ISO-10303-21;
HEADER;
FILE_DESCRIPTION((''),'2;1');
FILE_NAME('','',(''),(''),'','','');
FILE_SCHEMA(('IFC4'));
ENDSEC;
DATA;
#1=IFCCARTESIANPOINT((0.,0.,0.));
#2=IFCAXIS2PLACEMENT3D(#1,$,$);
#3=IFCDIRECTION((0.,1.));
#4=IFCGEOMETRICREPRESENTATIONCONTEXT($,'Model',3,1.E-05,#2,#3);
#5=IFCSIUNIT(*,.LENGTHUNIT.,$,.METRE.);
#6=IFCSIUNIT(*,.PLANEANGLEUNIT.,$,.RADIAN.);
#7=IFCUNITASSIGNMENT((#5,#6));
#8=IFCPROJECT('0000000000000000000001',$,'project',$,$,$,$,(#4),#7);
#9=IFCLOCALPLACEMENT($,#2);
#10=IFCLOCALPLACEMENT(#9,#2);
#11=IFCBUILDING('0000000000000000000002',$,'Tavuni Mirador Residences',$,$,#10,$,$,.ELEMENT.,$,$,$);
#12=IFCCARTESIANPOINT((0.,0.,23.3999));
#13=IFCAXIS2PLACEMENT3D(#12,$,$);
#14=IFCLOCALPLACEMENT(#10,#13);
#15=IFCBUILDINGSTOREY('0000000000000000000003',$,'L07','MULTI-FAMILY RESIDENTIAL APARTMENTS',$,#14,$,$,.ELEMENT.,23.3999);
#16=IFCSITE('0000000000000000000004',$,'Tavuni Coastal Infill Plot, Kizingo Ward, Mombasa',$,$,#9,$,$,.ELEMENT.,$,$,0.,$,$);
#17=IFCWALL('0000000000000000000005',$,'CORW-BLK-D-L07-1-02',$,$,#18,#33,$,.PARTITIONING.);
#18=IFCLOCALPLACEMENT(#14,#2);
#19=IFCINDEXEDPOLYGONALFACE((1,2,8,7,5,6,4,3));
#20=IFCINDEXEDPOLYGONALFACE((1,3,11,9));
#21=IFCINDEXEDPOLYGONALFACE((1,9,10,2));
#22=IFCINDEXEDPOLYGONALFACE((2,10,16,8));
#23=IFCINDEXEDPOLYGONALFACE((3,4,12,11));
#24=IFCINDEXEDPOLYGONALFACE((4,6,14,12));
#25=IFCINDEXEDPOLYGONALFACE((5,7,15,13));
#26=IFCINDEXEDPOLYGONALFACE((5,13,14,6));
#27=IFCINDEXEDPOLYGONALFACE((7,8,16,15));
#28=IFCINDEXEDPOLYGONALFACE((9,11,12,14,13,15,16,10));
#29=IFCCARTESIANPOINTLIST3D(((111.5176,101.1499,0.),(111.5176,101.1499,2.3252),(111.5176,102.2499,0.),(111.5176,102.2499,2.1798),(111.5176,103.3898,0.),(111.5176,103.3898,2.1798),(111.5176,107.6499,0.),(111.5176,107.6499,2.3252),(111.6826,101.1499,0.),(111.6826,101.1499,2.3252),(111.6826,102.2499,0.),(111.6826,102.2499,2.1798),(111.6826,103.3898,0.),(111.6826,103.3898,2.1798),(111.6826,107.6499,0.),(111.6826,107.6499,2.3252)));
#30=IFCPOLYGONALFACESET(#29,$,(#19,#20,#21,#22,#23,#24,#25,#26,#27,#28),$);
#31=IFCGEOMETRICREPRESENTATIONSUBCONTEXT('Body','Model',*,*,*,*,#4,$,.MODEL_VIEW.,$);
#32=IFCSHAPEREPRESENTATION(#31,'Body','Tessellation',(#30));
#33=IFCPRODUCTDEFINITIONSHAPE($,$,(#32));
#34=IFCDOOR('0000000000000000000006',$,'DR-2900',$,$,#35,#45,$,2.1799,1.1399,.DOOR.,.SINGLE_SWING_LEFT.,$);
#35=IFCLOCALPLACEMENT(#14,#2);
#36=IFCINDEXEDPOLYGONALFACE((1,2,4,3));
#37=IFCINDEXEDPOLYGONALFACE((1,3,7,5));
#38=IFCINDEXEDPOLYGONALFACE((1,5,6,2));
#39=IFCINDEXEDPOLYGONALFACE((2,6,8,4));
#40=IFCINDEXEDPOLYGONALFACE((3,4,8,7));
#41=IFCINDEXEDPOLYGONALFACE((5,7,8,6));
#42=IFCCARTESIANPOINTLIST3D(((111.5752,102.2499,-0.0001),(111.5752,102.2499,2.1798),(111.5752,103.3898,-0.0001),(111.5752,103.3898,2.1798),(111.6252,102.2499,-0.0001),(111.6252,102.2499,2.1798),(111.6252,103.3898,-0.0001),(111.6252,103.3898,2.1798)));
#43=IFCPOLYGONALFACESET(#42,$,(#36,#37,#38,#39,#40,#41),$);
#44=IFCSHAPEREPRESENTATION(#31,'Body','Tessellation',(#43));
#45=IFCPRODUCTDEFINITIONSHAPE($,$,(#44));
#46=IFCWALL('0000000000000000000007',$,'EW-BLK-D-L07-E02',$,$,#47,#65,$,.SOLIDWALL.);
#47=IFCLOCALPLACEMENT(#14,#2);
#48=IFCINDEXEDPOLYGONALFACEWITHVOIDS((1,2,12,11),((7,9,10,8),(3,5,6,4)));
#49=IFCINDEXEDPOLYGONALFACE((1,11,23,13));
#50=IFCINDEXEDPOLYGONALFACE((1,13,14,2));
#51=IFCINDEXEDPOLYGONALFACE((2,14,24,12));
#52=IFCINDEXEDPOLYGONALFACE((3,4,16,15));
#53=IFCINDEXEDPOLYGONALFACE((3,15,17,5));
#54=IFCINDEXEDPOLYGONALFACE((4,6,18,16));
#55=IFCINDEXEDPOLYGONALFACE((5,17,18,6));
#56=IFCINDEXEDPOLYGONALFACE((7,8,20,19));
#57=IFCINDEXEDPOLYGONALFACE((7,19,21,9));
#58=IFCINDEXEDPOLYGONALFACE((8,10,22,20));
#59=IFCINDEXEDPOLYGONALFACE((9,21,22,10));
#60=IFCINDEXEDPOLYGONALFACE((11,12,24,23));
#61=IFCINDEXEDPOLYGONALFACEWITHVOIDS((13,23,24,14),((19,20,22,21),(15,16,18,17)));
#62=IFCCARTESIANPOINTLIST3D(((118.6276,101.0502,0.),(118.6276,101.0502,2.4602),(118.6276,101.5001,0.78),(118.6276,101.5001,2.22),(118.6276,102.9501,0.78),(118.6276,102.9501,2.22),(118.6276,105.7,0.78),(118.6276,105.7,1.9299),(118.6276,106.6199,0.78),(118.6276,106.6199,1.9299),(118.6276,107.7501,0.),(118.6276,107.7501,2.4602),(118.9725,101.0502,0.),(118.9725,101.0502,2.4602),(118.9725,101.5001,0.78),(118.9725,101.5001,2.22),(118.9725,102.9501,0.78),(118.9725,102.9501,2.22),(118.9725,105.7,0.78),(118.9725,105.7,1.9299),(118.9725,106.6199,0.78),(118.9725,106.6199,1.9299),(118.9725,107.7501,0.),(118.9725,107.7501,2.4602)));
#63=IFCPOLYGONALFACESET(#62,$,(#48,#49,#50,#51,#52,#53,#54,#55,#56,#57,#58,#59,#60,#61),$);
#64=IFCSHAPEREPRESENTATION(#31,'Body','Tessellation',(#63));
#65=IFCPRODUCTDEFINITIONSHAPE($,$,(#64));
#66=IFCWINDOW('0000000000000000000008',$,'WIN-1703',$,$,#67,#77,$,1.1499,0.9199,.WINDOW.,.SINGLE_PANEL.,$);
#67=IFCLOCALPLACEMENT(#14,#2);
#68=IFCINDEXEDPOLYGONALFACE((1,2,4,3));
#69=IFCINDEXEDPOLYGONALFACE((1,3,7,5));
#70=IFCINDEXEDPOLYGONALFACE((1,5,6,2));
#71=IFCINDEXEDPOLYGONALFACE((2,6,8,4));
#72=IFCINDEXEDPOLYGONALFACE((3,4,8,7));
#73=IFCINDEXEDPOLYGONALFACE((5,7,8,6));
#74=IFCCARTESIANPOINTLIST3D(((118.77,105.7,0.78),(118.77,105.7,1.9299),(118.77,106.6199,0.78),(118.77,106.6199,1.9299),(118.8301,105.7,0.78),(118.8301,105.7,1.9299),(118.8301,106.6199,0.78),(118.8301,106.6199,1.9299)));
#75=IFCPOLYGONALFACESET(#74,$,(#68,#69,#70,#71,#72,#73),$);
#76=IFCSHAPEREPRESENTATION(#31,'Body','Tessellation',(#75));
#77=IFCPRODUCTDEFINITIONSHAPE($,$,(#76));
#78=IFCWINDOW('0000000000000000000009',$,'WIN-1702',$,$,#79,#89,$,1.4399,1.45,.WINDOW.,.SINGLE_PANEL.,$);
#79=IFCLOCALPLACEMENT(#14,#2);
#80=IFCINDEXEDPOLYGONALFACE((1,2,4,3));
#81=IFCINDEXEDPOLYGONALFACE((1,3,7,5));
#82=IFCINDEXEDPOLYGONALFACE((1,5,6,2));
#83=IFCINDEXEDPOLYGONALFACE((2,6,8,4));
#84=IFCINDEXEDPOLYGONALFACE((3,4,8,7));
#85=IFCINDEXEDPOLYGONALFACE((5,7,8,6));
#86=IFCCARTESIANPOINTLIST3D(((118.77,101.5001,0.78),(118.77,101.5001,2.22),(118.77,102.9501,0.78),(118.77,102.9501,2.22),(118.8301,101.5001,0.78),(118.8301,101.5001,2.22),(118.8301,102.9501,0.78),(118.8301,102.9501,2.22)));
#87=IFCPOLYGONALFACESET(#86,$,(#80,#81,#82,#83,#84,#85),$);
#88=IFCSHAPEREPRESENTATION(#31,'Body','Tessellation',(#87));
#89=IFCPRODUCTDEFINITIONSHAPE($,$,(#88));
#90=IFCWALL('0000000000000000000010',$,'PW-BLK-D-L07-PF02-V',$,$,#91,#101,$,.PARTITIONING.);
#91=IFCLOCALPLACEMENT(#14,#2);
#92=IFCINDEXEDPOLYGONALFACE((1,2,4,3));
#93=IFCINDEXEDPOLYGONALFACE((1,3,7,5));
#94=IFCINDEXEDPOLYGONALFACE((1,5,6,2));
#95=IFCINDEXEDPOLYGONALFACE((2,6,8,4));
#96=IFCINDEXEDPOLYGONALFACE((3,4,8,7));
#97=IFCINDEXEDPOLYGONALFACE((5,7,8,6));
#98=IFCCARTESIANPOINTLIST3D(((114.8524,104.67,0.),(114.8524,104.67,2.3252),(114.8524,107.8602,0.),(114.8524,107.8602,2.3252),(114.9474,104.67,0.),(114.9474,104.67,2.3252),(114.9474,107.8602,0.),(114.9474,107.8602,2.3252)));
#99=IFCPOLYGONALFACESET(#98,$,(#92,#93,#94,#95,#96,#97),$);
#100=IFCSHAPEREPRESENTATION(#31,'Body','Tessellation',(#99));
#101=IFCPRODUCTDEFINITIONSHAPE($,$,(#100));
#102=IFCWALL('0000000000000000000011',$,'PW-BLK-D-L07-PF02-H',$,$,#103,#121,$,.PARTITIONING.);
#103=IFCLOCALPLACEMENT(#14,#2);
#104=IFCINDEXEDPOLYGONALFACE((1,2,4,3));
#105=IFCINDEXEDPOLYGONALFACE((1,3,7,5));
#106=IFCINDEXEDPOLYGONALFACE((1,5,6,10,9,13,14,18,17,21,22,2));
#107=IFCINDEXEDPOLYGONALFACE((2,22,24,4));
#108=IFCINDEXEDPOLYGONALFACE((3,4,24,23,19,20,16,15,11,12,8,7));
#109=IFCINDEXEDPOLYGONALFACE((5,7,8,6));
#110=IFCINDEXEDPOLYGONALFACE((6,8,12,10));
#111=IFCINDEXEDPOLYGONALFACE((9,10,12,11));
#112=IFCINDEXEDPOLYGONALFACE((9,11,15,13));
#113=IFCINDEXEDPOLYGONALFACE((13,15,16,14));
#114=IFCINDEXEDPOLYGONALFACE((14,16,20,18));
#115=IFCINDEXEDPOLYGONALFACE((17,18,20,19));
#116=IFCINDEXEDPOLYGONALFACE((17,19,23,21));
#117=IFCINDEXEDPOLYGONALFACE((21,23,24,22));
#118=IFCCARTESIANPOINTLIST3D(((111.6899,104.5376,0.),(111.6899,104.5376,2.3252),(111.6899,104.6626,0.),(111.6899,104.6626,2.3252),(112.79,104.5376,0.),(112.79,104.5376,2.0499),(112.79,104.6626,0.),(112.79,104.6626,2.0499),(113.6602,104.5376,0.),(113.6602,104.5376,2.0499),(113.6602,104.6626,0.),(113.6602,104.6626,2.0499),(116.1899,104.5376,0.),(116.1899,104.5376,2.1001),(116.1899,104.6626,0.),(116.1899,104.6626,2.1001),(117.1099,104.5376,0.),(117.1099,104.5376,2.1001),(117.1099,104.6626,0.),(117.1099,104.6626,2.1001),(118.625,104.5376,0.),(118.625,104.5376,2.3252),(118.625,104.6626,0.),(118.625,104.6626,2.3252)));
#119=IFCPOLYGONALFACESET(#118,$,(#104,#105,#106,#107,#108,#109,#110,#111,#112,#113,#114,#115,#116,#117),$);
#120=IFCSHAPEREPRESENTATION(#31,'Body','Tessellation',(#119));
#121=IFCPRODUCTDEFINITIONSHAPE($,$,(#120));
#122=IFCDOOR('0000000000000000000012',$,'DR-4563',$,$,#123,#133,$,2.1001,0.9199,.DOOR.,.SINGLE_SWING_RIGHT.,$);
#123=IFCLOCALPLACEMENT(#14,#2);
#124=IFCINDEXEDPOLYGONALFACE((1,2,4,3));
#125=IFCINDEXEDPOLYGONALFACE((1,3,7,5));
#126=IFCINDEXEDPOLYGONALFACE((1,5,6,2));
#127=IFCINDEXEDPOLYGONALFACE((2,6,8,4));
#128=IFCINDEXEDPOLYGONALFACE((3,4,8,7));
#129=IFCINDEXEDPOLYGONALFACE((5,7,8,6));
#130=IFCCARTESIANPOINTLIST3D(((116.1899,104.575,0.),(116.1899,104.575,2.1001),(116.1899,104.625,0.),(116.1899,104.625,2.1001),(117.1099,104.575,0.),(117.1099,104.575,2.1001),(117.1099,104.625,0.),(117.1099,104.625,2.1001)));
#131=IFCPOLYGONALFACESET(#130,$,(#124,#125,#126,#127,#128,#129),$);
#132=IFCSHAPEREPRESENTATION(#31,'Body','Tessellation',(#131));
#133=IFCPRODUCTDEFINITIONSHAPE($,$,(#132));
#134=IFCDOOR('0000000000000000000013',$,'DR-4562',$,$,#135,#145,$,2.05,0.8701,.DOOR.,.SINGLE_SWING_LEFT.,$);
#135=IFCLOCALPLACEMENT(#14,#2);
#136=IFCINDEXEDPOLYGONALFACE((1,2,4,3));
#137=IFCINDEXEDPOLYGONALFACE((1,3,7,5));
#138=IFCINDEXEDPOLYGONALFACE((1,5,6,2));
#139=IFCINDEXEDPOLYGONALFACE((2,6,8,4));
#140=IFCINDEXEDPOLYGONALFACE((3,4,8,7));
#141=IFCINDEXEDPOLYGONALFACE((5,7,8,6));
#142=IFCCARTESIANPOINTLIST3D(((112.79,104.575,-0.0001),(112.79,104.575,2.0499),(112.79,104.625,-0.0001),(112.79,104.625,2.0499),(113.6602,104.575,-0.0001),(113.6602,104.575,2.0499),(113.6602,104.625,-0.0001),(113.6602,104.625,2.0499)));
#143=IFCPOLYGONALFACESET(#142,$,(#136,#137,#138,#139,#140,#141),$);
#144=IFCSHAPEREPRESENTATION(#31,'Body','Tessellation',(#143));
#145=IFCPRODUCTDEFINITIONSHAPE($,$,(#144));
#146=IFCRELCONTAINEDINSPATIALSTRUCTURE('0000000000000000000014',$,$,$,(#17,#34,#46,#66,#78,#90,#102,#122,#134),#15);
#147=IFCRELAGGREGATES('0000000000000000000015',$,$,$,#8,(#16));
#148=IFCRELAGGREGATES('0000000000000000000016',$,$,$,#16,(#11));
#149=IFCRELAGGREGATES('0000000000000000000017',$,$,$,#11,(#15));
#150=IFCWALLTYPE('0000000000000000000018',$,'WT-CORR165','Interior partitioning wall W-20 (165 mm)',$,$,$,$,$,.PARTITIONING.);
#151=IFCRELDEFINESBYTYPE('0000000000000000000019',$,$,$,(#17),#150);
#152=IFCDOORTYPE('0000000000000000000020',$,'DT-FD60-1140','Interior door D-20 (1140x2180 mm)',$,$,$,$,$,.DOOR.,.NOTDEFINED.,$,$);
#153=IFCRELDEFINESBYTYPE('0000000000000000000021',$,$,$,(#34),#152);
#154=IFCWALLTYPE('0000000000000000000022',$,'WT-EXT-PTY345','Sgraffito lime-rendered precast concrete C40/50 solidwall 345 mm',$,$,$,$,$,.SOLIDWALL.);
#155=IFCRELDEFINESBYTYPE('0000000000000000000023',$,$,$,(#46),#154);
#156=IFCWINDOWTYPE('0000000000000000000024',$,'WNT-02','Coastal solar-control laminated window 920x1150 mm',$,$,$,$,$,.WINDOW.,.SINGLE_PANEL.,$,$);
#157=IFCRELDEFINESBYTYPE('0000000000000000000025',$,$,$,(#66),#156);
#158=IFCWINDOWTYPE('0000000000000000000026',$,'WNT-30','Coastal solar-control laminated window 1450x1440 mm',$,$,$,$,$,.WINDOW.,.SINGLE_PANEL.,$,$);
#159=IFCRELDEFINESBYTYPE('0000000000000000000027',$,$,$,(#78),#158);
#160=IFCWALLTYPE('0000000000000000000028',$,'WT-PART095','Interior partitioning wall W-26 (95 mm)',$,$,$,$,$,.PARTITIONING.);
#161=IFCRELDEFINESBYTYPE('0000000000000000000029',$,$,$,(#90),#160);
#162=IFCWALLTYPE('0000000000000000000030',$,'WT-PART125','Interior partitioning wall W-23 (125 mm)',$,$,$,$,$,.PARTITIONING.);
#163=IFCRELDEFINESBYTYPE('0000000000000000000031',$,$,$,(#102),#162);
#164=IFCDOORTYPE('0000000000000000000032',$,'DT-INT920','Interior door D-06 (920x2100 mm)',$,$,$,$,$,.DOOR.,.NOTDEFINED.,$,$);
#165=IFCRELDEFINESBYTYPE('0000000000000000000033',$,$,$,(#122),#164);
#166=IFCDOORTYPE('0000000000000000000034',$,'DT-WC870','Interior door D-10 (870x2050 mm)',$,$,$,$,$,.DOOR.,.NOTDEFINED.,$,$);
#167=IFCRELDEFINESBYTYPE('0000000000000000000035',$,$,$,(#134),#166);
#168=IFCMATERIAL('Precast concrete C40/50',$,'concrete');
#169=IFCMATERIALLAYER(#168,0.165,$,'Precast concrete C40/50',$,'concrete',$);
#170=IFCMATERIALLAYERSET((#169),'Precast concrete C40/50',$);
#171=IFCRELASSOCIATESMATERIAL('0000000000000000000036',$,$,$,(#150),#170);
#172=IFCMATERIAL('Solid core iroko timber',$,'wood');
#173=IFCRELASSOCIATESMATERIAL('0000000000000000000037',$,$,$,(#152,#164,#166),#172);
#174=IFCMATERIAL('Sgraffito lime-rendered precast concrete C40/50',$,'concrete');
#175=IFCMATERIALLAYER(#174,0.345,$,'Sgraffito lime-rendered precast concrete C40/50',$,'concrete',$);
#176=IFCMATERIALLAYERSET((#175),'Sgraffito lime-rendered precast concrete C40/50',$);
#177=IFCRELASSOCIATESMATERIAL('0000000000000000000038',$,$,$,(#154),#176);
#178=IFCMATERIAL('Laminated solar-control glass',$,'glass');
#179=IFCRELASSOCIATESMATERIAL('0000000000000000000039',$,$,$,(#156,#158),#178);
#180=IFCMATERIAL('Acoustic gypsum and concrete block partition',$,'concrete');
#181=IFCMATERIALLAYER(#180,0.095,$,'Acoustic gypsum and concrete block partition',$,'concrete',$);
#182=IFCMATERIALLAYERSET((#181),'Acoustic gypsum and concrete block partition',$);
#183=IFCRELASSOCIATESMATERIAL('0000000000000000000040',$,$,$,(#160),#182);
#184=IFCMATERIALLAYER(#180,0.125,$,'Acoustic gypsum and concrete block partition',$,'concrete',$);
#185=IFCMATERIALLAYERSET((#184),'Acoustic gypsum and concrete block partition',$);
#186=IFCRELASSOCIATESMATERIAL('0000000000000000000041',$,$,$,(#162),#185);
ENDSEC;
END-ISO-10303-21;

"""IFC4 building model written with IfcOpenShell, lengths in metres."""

from ifc_helpers import new_model, si_unit, direction, frame, frame_2d, origin, place, context, subcontext, project, spatial, rectangle, extrude, material, layer, layer_set, type_object, element, fill, save


model = new_model("IFC4")

# Units and contexts
model_context = context("Model", 3, precision=1e-05, world=origin(), true_north=direction((0.0, 1.0)))
body_context = subcontext(model_context, "Body", "Model", "MODEL_VIEW")
ifc_project = project(units=[si_unit("LENGTHUNIT", "METRE"), si_unit("PLANEANGLEUNIT", "RADIAN")], contexts=[model_context])

# Site, building, storey
site_placement = place(None, origin())
site = spatial("IfcSite", under=ifc_project, at=site_placement, Name="Tavuni Coastal Infill Plot, Kizingo Ward, Mombasa", CompositionType="ELEMENT", RefElevation=0.0)
building_placement = place(site_placement, origin())
building = spatial("IfcBuilding", under=site, at=building_placement, Name="Tavuni Mirador Residences", CompositionType="ELEMENT")
storey_placement = place(building_placement, frame((0.0, 0.0, 23.3999)))
storey = spatial("IfcBuildingStorey", under=building, at=storey_placement, Name="L07", Description="MULTI-FAMILY RESIDENTIAL APARTMENTS", CompositionType="ELEMENT", Elevation=23.3999)

# Shared definitions
ifc_material_1 = material(Name="Precast concrete C40/50", Category="concrete")

# Wall, opening, door
ifc_material_2 = material(Name="Solid core iroko timber", Category="wood")
ifc_layer_1 = layer(ifc_material_1, 0.165, Name="Precast concrete C40/50", Category="concrete")
ifc_layer_set_1 = layer_set([ifc_layer_1], Name="Precast concrete C40/50")
wall_type_1 = type_object("IfcWallType", Name="WT-CORR165", Description="Interior partitioning wall W-20 (165 mm)", PredefinedType="PARTITIONING", material=ifc_layer_set_1)
wall_1_placement = place(storey_placement, frame((111.6001, 101.1499, 0.0), z_axis=(0.0, 0.0, 1.0), x_axis=(0.0, 1.0, 0.0)))
wall_1 = element("IfcWall", 1, at=wall_1_placement, inside=storey, type_object=wall_type_1, Name="CORW-BLK-D-L07-1-02", PredefinedType="PARTITIONING", context=body_context, shape_type="SweptSolid", body=[
    extrude(rectangle(XDim=6.5, YDim=0.165, at=frame_2d((3.25, 0.0))), origin(), (0.0, 0.0, 1.0), 2.3252),
])
opening_1_placement = place(wall_1_placement, frame((1.1001, 0.0, 0.0)))
opening_1 = element("IfcOpeningElement", 2, at=opening_1_placement, cuts=wall_1, PredefinedType="OPENING", context=body_context, shape_type="SweptSolid", body=[
    extrude(rectangle(XDim=1.1399, YDim=2.1799, at=frame_2d((0.5698, 1.0898))), frame((0.0, 0.0925, 0.0), z_axis=(0.0, -1.0, 0.0), x_axis=(1.0, 0.0, 0.0)), (0.0, 0.0, 1.0), 0.1851),
])
door_type_1 = type_object("IfcDoorType", Name="DT-FD60-1140", Description="Interior door D-20 (1140x2180 mm)", OperationType="NOTDEFINED", PredefinedType="DOOR", material=ifc_material_2)
door_1_placement = place(opening_1_placement, origin())
door_1 = element("IfcDoor", 3, at=door_1_placement, inside=storey, type_object=door_type_1, Name="DR-2900", OperationType="SINGLE_SWING_LEFT", OverallHeight=2.1799, OverallWidth=1.1399, PredefinedType="DOOR", context=body_context, shape_type="SweptSolid", body=[
    extrude(rectangle(XDim=1.1399, YDim=2.1799, at=frame_2d((0.5698, 1.0898))), frame((0.0, 0.0249, 0.0), z_axis=(0.0, -1.0, 0.0), x_axis=(1.0, 0.0, 0.0)), (0.0, 0.0, 1.0), 0.05),
])
fill(opening_1, door_1)

# Wall, openings, windows
ifc_material_3 = material(Name="Sgraffito lime-rendered precast concrete C40/50", Category="concrete")
ifc_layer_2 = layer(ifc_material_3, 0.345, Name="Sgraffito lime-rendered precast concrete C40/50", Category="concrete")
ifc_layer_set_2 = layer_set([ifc_layer_2], Name="Sgraffito lime-rendered precast concrete C40/50")
wall_type_2 = type_object("IfcWallType", Name="WT-EXT-PTY345", Description="Sgraffito lime-rendered precast concrete C40/50 solidwall 345 mm", PredefinedType="SOLIDWALL", material=ifc_layer_set_2)
wall_2_placement = place(storey_placement, frame((118.8, 101.05, 0.0), z_axis=(0.0, 0.0, 1.0), x_axis=(0.0, 1.0, 0.0)))
wall_2 = element("IfcWall", 4, at=wall_2_placement, inside=storey, type_object=wall_type_2, Name="EW-BLK-D-L07-E02", PredefinedType="SOLIDWALL", context=body_context, shape_type="SweptSolid", body=[
    extrude(rectangle(XDim=6.7, YDim=0.345, at=frame_2d((3.3501, 0.0))), origin(), (0.0, 0.0, 1.0), 2.4602),
])
opening_2_placement = place(wall_2_placement, frame((0.45, 0.0, 0.78)))
opening_2 = element("IfcOpeningElement", 5, at=opening_2_placement, cuts=wall_2, PredefinedType="OPENING", context=body_context, shape_type="SweptSolid", body=[
    extrude(rectangle(XDim=1.45, YDim=1.4399, at=frame_2d((0.7251, 0.72))), frame((0.0, 0.1826, 0.0), z_axis=(0.0, -1.0, 0.0), x_axis=(1.0, 0.0, 0.0)), (0.0, 0.0, 1.0), 0.365),
])
opening_3_placement = place(wall_2_placement, frame((4.6499, 0.0, 0.78)))
opening_3 = element("IfcOpeningElement", 6, at=opening_3_placement, cuts=wall_2, PredefinedType="OPENING", context=body_context, shape_type="SweptSolid", body=[
    extrude(rectangle(XDim=0.9199, YDim=1.1499, at=frame_2d((0.46, 0.575))), frame((0.0, 0.1826, 0.0), z_axis=(0.0, -1.0, 0.0), x_axis=(1.0, 0.0, 0.0)), (0.0, 0.0, 1.0), 0.365),
])
ifc_material_4 = material(Name="Laminated solar-control glass", Category="glass")
window_type_1 = type_object("IfcWindowType", Name="WNT-02", Description="Coastal solar-control laminated window 920x1150 mm", PartitioningType="SINGLE_PANEL", PredefinedType="WINDOW", material=ifc_material_4)
window_1_placement = place(opening_3_placement, origin())
window_1 = element("IfcWindow", 7, at=window_1_placement, inside=storey, type_object=window_type_1, Name="WIN-1703", OverallHeight=1.1499, OverallWidth=0.9199, PartitioningType="SINGLE_PANEL", PredefinedType="WINDOW", context=body_context, shape_type="SweptSolid", body=[
    extrude(rectangle(XDim=0.9199, YDim=1.1499, at=frame_2d((0.46, 0.575))), frame((0.0, 0.03, 0.0), z_axis=(0.0, -1.0, 0.0), x_axis=(1.0, 0.0, 0.0)), (0.0, 0.0, 1.0), 0.0601),
])
fill(opening_3, window_1)
window_type_2 = type_object("IfcWindowType", Name="WNT-30", Description="Coastal solar-control laminated window 1450x1440 mm", PartitioningType="SINGLE_PANEL", PredefinedType="WINDOW", material=ifc_material_4)
window_2_placement = place(opening_2_placement, origin())
window_2 = element("IfcWindow", 8, at=window_2_placement, inside=storey, type_object=window_type_2, Name="WIN-1702", OverallHeight=1.4399, OverallWidth=1.45, PartitioningType="SINGLE_PANEL", PredefinedType="WINDOW", context=body_context, shape_type="SweptSolid", body=[
    extrude(rectangle(XDim=1.45, YDim=1.4399, at=frame_2d((0.7251, 0.72))), frame((0.0, 0.03, 0.0), z_axis=(0.0, -1.0, 0.0), x_axis=(1.0, 0.0, 0.0)), (0.0, 0.0, 1.0), 0.0601),
])
fill(opening_2, window_2)

# Wall
ifc_material_5 = material(Name="Acoustic gypsum and concrete block partition", Category="concrete")
ifc_layer_3 = layer(ifc_material_5, 0.095, Name="Acoustic gypsum and concrete block partition", Category="concrete")
ifc_layer_set_3 = layer_set([ifc_layer_3], Name="Acoustic gypsum and concrete block partition")
wall_type_3 = type_object("IfcWallType", Name="WT-PART095", Description="Interior partitioning wall W-26 (95 mm)", PredefinedType="PARTITIONING", material=ifc_layer_set_3)
wall_3_placement = place(storey_placement, frame((114.8999, 104.6699, 0.0), z_axis=(0.0, 0.0, 1.0), x_axis=(0.0, 1.0, 0.0)))
element("IfcWall", 9, at=wall_3_placement, inside=storey, type_object=wall_type_3, Name="PW-BLK-D-L07-PF02-V", PredefinedType="PARTITIONING", context=body_context, shape_type="SweptSolid", body=[
    extrude(rectangle(XDim=3.1902, YDim=0.095, at=frame_2d((1.5952, 0.0))), origin(), (0.0, 0.0, 1.0), 2.3252),
])

# Wall, openings, doors
ifc_layer_4 = layer(ifc_material_5, 0.125, Name="Acoustic gypsum and concrete block partition", Category="concrete")
ifc_layer_set_4 = layer_set([ifc_layer_4], Name="Acoustic gypsum and concrete block partition")
wall_type_4 = type_object("IfcWallType", Name="WT-PART125", Description="Interior partitioning wall W-23 (125 mm)", PredefinedType="PARTITIONING", material=ifc_layer_set_4)
wall_4_placement = place(storey_placement, frame((111.6899, 104.6001, 0.0), z_axis=(0.0, 0.0, 1.0), x_axis=(1.0, 0.0, 0.0)))
wall_4 = element("IfcWall", 10, at=wall_4_placement, inside=storey, type_object=wall_type_4, Name="PW-BLK-D-L07-PF02-H", PredefinedType="PARTITIONING", context=body_context, shape_type="SweptSolid", body=[
    extrude(rectangle(XDim=6.9351, YDim=0.125, at=frame_2d((3.4675, 0.0))), origin(), (0.0, 0.0, 1.0), 2.3252),
])
opening_4_placement = place(wall_4_placement, frame((1.1001, 0.0, 0.0)))
opening_4 = element("IfcOpeningElement", 11, at=opening_4_placement, cuts=wall_4, PredefinedType="OPENING", context=body_context, shape_type="SweptSolid", body=[
    extrude(rectangle(XDim=0.8701, YDim=2.05, at=frame_2d((0.4351, 1.0249))), frame((0.0, 0.0725, 0.0), z_axis=(0.0, -1.0, 0.0), x_axis=(1.0, 0.0, 0.0)), (0.0, 0.0, 1.0), 0.145),
])
opening_5_placement = place(wall_4_placement, frame((4.5, 0.0, 0.0)))
opening_5 = element("IfcOpeningElement", 12, at=opening_5_placement, cuts=wall_4, PredefinedType="OPENING", context=body_context, shape_type="SweptSolid", body=[
    extrude(rectangle(XDim=0.9199, YDim=2.1001, at=frame_2d((0.46, 1.05))), frame((0.0, 0.0725, 0.0), z_axis=(0.0, -1.0, 0.0), x_axis=(1.0, 0.0, 0.0)), (0.0, 0.0, 1.0), 0.145),
])
door_type_2 = type_object("IfcDoorType", Name="DT-INT920", Description="Interior door D-06 (920x2100 mm)", OperationType="NOTDEFINED", PredefinedType="DOOR", material=ifc_material_2)
door_2_placement = place(opening_5_placement, origin())
door_2 = element("IfcDoor", 13, at=door_2_placement, inside=storey, type_object=door_type_2, Name="DR-4563", OperationType="SINGLE_SWING_RIGHT", OverallHeight=2.1001, OverallWidth=0.9199, PredefinedType="DOOR", context=body_context, shape_type="SweptSolid", body=[
    extrude(rectangle(XDim=0.9199, YDim=2.1001, at=frame_2d((0.46, 1.05))), frame((0.0, 0.0249, 0.0), z_axis=(0.0, -1.0, 0.0), x_axis=(1.0, 0.0, 0.0)), (0.0, 0.0, 1.0), 0.05),
])
fill(opening_5, door_2)
door_type_3 = type_object("IfcDoorType", Name="DT-WC870", Description="Interior door D-10 (870x2050 mm)", OperationType="NOTDEFINED", PredefinedType="DOOR", material=ifc_material_2)
door_3_placement = place(opening_4_placement, origin())
door_3 = element("IfcDoor", 14, at=door_3_placement, inside=storey, type_object=door_type_3, Name="DR-4562", OperationType="SINGLE_SWING_LEFT", OverallHeight=2.05, OverallWidth=0.8701, PredefinedType="DOOR", context=body_context, shape_type="SweptSolid", body=[
    extrude(rectangle(XDim=0.8701, YDim=2.05, at=frame_2d((0.4351, 1.0249))), frame((0.0, 0.0249, 0.0), z_axis=(0.0, -1.0, 0.0), x_axis=(1.0, 0.0, 0.0)), (0.0, 0.0, 1.0), 0.05),
])
fill(opening_4, door_3)

save(model, "model.ifc")
